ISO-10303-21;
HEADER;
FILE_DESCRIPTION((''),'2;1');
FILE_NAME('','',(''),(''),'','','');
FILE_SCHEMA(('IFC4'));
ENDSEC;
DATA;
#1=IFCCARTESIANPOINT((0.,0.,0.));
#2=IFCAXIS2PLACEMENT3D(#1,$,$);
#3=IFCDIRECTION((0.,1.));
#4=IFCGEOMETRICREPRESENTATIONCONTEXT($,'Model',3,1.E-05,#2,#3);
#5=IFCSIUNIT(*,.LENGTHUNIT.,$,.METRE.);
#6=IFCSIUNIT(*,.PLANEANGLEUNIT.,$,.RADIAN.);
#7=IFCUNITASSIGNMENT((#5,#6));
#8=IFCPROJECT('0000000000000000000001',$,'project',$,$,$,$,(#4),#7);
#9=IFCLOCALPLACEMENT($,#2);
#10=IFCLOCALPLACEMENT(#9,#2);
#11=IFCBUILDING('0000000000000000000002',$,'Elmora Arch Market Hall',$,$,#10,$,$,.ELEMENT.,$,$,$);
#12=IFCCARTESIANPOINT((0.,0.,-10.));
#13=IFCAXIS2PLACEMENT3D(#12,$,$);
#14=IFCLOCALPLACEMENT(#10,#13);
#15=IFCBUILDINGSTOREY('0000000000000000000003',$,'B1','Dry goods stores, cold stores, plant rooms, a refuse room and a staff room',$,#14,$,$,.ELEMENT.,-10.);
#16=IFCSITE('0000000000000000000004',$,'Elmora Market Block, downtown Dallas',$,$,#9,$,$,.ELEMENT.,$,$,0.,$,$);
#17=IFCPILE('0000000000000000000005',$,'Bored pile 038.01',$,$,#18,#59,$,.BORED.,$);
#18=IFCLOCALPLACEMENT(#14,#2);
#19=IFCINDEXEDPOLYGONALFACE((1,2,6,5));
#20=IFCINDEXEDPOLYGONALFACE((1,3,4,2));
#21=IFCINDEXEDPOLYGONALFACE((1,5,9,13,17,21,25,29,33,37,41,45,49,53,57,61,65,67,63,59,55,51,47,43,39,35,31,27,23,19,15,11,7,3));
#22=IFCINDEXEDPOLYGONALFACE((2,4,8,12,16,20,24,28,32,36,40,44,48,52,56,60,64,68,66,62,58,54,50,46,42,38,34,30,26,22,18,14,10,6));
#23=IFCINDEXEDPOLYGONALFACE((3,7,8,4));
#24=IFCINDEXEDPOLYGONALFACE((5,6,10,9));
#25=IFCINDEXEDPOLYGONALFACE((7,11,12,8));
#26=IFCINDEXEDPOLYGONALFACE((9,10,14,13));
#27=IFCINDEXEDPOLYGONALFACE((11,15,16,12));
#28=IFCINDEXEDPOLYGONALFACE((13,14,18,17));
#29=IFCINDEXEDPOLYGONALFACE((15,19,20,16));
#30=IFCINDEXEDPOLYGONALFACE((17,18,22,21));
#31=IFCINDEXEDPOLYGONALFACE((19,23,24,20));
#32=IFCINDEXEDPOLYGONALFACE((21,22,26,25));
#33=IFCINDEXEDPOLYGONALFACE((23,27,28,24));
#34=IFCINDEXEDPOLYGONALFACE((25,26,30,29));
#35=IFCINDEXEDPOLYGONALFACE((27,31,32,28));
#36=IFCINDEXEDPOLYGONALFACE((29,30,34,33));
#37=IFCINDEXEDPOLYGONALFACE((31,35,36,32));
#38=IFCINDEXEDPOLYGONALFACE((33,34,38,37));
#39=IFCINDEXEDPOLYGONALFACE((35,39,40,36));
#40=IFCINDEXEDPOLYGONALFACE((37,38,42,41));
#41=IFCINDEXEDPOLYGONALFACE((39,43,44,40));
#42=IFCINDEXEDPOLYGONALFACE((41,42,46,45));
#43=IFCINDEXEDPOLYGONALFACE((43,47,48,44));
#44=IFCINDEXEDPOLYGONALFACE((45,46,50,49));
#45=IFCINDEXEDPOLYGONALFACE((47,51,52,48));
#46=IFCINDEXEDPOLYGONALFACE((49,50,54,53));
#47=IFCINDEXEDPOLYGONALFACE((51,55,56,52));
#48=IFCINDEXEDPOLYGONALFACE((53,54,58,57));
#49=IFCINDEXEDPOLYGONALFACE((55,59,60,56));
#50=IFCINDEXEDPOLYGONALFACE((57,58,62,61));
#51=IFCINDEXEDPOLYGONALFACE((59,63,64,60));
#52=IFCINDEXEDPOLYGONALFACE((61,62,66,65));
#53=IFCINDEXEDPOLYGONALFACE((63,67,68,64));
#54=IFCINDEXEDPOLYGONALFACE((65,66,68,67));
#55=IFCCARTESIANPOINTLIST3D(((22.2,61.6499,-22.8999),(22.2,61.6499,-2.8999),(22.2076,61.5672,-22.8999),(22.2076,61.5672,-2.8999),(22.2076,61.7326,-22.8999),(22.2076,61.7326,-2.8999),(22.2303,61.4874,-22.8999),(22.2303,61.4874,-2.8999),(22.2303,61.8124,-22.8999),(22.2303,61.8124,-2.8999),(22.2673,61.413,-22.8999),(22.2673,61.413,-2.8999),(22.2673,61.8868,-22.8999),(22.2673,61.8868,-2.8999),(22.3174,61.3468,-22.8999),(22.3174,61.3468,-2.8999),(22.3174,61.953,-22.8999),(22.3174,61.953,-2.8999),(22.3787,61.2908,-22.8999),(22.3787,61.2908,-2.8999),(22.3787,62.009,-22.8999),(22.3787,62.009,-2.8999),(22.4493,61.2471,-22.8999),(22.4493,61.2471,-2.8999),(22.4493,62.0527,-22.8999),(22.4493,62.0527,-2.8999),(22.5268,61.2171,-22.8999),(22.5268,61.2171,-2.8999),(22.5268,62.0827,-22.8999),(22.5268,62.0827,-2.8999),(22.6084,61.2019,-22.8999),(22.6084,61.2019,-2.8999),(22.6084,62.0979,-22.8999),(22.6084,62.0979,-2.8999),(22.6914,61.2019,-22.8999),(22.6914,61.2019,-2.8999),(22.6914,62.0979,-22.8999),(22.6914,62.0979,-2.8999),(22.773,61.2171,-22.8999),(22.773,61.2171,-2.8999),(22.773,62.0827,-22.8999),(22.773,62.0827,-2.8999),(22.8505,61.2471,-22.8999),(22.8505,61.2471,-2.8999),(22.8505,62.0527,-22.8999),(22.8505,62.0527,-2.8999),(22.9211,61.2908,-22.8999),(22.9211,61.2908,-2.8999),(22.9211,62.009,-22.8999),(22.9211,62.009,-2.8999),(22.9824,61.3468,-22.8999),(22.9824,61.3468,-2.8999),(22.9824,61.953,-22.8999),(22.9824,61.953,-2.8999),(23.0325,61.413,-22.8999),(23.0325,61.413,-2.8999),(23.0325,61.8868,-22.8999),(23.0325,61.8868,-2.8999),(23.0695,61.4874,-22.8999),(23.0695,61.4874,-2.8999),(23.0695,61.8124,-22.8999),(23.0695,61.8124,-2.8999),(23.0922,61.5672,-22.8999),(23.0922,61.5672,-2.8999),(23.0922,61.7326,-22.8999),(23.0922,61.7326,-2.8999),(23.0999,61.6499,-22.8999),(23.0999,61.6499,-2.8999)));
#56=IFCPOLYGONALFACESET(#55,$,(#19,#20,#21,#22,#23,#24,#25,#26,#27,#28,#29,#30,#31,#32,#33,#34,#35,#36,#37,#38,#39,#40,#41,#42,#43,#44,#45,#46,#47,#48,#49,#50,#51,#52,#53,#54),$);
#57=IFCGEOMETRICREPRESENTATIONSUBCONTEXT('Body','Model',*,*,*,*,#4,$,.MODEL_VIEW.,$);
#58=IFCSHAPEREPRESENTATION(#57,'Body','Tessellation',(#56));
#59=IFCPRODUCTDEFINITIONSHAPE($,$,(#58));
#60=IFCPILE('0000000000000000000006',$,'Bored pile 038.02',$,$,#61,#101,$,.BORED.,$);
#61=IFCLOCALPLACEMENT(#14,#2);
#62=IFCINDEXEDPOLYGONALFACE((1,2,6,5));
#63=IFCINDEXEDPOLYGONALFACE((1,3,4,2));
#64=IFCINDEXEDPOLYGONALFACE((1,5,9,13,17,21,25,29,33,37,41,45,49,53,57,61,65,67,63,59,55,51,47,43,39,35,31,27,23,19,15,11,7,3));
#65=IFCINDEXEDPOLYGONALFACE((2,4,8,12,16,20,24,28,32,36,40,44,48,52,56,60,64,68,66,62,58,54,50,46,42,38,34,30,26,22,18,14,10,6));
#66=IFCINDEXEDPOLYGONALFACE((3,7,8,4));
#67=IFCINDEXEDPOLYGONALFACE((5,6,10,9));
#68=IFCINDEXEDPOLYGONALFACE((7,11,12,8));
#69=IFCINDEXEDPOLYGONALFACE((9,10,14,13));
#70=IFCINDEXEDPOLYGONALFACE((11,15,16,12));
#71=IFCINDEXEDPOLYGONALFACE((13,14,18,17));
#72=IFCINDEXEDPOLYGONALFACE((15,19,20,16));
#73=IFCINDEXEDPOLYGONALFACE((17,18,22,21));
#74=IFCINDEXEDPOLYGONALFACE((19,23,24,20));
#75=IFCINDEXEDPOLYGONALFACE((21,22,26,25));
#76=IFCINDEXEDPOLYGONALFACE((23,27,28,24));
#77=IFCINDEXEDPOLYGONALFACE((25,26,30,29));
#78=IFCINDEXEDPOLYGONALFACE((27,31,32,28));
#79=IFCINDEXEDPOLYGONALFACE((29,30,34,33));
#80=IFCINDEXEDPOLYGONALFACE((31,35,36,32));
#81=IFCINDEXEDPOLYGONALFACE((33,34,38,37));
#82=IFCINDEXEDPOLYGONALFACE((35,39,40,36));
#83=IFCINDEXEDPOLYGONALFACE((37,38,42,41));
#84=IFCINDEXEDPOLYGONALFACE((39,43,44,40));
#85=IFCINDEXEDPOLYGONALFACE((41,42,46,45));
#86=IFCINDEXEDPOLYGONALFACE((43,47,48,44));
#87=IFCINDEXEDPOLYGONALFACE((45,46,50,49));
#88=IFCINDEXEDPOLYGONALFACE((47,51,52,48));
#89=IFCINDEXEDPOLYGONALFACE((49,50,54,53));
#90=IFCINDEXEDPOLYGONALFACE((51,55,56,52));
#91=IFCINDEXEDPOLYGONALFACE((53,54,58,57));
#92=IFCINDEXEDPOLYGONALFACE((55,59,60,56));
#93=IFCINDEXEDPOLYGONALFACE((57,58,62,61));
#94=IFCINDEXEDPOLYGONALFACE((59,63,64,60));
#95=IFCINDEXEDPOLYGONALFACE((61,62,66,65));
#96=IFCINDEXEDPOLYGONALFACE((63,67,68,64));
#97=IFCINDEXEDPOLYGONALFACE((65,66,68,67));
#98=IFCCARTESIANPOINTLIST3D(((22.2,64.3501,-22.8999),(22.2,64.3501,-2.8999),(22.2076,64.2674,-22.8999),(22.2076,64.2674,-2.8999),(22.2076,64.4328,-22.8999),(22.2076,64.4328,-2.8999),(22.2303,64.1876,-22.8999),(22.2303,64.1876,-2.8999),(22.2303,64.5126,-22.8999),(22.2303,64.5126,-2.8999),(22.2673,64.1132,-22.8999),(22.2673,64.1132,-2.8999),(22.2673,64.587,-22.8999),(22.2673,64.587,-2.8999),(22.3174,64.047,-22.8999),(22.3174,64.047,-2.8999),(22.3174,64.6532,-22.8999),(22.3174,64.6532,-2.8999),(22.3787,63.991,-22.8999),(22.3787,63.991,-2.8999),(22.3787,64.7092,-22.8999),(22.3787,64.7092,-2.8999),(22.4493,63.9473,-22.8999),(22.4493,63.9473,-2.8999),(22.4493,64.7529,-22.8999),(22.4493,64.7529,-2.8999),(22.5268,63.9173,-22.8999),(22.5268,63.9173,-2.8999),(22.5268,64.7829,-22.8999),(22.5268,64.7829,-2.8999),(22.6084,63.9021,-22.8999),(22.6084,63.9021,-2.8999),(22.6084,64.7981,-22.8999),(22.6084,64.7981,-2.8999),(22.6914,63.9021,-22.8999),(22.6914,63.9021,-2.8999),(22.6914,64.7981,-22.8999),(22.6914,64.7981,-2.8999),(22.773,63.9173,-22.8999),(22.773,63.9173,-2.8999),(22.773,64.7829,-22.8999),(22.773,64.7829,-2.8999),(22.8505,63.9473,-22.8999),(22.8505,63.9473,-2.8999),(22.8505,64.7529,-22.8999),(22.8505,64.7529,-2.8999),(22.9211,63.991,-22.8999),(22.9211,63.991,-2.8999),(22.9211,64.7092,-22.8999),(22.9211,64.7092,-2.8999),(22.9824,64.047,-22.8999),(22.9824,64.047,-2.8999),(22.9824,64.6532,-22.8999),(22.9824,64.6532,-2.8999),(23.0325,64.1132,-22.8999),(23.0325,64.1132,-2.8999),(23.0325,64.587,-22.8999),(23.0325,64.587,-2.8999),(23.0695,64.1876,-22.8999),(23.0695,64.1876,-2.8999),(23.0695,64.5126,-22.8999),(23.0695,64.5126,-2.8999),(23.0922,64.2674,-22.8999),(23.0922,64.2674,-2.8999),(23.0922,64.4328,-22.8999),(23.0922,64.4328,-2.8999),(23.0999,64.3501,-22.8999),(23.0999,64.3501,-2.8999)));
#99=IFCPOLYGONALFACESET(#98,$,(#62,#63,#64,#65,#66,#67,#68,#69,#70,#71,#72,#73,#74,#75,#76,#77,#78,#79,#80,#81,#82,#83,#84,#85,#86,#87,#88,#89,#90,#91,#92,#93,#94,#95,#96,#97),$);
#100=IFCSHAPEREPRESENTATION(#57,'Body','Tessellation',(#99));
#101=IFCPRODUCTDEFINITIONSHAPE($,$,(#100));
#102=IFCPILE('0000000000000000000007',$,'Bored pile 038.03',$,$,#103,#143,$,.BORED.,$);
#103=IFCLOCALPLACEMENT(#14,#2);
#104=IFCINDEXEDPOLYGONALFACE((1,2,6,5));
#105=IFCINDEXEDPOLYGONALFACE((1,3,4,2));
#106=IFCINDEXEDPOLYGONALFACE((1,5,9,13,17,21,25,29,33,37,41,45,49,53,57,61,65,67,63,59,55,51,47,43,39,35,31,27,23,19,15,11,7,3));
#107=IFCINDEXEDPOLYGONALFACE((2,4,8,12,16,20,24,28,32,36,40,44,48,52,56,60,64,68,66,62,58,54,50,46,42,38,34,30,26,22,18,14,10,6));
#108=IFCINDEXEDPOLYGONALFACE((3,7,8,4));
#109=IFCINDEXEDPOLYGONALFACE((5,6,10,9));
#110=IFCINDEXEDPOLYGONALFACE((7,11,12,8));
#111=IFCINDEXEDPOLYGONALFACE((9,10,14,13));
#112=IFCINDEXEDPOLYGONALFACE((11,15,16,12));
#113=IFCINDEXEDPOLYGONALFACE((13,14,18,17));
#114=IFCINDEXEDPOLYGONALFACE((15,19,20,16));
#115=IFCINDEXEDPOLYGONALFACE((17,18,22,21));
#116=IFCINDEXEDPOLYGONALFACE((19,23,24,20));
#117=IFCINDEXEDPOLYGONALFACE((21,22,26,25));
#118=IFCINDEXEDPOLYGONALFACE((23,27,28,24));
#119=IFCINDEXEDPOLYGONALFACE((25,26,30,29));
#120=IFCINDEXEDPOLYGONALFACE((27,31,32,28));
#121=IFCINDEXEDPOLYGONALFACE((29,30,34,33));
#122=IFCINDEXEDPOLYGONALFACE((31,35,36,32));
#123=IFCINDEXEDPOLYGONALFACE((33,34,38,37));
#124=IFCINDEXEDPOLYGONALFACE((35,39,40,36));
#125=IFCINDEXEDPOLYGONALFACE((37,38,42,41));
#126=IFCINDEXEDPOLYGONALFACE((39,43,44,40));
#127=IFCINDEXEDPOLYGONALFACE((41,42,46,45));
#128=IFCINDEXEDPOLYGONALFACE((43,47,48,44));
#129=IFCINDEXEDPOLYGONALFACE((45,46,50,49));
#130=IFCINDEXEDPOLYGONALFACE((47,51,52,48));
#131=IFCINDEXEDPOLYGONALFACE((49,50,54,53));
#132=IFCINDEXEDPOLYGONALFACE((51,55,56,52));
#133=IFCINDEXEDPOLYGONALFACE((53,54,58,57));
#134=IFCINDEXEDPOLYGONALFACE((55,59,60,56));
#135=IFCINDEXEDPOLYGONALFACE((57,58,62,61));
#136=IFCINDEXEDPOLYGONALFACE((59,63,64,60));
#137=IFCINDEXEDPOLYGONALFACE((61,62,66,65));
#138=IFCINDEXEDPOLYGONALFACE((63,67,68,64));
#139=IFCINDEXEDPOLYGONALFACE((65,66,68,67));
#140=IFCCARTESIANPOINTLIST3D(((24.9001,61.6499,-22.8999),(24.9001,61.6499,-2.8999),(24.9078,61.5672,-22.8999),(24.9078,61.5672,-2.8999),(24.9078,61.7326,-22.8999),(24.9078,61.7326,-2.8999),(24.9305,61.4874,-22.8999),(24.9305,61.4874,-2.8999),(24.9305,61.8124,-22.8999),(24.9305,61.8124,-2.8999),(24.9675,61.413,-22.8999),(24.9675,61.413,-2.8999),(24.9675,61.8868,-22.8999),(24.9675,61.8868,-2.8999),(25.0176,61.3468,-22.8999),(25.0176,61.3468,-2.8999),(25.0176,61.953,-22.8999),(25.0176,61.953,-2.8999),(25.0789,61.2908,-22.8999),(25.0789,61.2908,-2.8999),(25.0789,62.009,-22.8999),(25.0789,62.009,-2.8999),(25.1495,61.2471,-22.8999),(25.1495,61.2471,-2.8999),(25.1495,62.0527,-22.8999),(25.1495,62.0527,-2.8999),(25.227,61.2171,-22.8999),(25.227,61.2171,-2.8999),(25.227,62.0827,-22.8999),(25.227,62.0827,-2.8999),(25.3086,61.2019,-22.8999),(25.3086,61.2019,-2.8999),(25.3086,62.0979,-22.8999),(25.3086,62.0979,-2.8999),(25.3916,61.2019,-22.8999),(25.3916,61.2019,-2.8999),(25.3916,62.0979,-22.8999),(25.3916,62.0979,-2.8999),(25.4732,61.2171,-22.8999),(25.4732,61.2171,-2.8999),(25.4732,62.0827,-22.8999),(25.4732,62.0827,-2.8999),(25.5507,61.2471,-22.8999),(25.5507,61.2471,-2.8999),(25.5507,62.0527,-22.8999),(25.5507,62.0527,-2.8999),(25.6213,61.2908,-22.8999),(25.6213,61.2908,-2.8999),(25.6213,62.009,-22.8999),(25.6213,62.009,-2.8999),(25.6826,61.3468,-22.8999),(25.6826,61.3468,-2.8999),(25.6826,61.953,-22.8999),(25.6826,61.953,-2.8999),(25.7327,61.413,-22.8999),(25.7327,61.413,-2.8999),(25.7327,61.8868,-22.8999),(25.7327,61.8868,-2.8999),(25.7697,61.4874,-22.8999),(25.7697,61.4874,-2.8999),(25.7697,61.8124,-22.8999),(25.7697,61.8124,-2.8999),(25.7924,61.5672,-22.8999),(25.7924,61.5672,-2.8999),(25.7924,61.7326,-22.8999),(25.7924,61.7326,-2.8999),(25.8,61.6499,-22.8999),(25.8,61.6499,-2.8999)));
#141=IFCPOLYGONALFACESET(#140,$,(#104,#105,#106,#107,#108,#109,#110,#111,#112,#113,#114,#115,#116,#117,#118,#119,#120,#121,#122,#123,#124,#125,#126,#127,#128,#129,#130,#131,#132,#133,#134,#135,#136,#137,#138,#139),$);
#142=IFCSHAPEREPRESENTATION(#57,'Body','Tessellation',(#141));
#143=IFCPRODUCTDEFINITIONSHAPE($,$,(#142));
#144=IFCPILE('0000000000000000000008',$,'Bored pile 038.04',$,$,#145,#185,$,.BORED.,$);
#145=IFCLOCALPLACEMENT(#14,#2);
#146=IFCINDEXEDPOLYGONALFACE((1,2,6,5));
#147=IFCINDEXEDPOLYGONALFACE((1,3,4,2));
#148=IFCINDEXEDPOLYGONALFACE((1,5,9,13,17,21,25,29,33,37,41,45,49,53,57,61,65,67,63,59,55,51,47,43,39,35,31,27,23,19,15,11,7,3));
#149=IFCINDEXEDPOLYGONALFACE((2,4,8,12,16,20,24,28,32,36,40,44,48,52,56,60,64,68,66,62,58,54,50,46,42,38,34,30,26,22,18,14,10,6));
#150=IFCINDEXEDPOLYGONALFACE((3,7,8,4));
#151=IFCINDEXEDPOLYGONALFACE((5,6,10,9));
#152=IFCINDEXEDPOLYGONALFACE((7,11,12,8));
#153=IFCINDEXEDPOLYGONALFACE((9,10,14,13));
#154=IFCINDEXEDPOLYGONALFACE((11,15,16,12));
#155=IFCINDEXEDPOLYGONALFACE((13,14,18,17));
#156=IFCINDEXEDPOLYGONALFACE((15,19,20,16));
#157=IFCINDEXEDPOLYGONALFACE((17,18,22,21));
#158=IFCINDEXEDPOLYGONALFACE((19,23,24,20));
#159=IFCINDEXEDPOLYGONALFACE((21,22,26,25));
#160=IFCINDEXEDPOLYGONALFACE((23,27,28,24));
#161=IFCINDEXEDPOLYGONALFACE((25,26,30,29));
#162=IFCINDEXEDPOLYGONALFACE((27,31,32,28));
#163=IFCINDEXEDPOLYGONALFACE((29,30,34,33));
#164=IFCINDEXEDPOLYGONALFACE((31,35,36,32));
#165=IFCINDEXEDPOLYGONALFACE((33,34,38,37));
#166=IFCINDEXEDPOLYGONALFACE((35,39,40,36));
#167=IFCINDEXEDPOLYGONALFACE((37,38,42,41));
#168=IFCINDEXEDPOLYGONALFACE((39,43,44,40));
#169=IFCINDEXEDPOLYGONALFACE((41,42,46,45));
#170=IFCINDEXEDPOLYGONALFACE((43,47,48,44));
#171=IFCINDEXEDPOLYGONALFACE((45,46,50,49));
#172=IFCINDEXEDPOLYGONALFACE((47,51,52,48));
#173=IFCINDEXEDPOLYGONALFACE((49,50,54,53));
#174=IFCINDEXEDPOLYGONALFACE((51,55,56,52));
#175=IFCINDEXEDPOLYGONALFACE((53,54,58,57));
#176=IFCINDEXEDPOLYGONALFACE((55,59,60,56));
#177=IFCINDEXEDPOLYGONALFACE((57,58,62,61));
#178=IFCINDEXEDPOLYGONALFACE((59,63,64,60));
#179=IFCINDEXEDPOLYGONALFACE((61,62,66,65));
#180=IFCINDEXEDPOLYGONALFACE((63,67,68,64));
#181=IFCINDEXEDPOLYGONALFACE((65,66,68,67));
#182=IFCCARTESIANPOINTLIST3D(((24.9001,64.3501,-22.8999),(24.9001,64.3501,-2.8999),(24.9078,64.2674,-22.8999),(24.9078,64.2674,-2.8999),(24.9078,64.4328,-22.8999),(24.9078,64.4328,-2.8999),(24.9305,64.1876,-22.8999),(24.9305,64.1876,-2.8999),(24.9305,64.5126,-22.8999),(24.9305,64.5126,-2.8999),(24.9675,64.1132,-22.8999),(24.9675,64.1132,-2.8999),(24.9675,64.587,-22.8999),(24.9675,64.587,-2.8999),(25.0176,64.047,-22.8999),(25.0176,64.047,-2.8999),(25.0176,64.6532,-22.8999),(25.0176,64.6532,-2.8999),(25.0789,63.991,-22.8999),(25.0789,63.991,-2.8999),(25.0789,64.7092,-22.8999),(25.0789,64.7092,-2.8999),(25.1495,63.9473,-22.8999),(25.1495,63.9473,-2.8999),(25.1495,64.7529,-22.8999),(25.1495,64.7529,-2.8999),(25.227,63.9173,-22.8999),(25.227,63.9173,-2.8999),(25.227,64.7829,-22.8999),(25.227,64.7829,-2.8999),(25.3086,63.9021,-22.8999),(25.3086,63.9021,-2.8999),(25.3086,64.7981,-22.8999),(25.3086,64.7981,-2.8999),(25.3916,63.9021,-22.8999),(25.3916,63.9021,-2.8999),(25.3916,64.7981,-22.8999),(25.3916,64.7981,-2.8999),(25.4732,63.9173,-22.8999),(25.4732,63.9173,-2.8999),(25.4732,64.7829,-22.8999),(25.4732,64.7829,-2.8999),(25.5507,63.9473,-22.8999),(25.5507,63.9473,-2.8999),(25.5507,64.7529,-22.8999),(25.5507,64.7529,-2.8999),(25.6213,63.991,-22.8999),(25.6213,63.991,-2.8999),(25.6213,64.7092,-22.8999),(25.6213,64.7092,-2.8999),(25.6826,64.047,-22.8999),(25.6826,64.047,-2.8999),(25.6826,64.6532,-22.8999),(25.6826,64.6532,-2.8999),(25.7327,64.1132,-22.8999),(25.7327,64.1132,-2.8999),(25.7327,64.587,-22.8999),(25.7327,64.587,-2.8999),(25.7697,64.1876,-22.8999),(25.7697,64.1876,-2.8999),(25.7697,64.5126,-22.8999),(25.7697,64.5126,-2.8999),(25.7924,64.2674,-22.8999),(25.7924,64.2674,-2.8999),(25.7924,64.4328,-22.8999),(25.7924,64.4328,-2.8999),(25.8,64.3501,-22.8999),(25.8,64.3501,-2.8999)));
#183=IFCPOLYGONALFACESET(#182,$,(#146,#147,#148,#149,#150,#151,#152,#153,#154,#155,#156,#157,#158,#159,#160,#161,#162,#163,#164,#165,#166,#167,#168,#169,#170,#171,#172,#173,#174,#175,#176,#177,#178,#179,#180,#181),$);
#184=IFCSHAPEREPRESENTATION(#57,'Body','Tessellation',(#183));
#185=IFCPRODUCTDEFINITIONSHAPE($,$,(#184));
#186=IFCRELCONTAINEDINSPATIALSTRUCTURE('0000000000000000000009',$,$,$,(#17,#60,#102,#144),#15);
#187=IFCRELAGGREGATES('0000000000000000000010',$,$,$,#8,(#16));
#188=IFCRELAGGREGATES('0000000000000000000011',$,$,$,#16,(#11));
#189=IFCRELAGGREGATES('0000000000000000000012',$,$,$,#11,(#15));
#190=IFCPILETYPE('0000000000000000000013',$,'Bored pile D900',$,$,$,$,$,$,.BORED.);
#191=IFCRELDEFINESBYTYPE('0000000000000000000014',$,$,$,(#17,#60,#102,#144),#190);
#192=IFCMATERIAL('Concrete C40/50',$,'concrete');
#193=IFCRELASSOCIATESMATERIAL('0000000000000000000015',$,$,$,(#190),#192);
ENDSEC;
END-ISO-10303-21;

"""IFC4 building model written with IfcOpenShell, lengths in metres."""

from ifc_helpers import new_model, si_unit, direction, frame, origin, origin_2d, place, context, subcontext, project, spatial, circle, extrude, material, material_profile, profile_set, type_object, element, save


model = new_model("IFC4")

# Units and contexts
model_context = context("Model", 3, precision=1e-05, world=origin(), true_north=direction((0.0, 1.0)))
body_context = subcontext(model_context, "Body", "Model", "MODEL_VIEW")
ifc_project = project(units=[si_unit("LENGTHUNIT", "METRE"), si_unit("PLANEANGLEUNIT", "RADIAN")], contexts=[model_context])

# Site, building, storey
site_placement = place(None, origin())
site = spatial("IfcSite", under=ifc_project, at=site_placement, Name="Elmora Market Block, downtown Dallas", CompositionType="ELEMENT", RefElevation=0.0)
building_placement = place(site_placement, origin())
building = spatial("IfcBuilding", under=site, at=building_placement, Name="Elmora Arch Market Hall", CompositionType="ELEMENT")
storey_placement = place(building_placement, frame((0.0, 0.0, -10.0)))
storey = spatial("IfcBuildingStorey", under=building, at=storey_placement, Name="B1", Description="Dry goods stores, cold stores, plant rooms, a refuse room and a staff room", CompositionType="ELEMENT", Elevation=-10.0)

# Piles
ifc_material_1 = material(Name="Concrete C40/50", Category="concrete")
ifc_material_profile_1 = material_profile(ifc_material_1, circle(Radius=0.45, at=origin_2d()), Name="Bored pile D900")
ifc_profile_set_1 = profile_set([ifc_material_profile_1], Name="Concrete C40/50")
pile_type = type_object("IfcPileType", Name="Bored pile D900", PredefinedType="BORED", material=ifc_profile_set_1)
for number, where, z_axis, x_axis, name in (
    (1, (22.6499, 61.6499, -2.8999), (0.0, 0.0, -1.0), (1.0, 0.0, 0.0), "Bored pile 038.01"),
    (2, (22.6499, 64.3501, -2.8999), (0.0, 0.0, -1.0), (1.0, 0.0, 0.0), "Bored pile 038.02"),
    (3, (25.3501, 61.6499, -2.8999), (0.0, 0.0, -1.0), (1.0, 0.0, 0.0), "Bored pile 038.03"),
    (4, (25.3501, 64.3501, -2.8999), (0.0, 0.0, -1.0), (1.0, 0.0, 0.0), "Bored pile 038.04"),
):
    element("IfcPile", number, at=place(storey_placement, frame(where, z_axis=z_axis, x_axis=x_axis)), inside=storey, type_object=pile_type, Name=name, PredefinedType="BORED", context=body_context, shape_type="SweptSolid", body=[
        extrude(circle(Radius=0.45, at=origin_2d()), origin(), (0.0, 0.0, 1.0), 20.0),
    ])

save(model, "model.ifc")
